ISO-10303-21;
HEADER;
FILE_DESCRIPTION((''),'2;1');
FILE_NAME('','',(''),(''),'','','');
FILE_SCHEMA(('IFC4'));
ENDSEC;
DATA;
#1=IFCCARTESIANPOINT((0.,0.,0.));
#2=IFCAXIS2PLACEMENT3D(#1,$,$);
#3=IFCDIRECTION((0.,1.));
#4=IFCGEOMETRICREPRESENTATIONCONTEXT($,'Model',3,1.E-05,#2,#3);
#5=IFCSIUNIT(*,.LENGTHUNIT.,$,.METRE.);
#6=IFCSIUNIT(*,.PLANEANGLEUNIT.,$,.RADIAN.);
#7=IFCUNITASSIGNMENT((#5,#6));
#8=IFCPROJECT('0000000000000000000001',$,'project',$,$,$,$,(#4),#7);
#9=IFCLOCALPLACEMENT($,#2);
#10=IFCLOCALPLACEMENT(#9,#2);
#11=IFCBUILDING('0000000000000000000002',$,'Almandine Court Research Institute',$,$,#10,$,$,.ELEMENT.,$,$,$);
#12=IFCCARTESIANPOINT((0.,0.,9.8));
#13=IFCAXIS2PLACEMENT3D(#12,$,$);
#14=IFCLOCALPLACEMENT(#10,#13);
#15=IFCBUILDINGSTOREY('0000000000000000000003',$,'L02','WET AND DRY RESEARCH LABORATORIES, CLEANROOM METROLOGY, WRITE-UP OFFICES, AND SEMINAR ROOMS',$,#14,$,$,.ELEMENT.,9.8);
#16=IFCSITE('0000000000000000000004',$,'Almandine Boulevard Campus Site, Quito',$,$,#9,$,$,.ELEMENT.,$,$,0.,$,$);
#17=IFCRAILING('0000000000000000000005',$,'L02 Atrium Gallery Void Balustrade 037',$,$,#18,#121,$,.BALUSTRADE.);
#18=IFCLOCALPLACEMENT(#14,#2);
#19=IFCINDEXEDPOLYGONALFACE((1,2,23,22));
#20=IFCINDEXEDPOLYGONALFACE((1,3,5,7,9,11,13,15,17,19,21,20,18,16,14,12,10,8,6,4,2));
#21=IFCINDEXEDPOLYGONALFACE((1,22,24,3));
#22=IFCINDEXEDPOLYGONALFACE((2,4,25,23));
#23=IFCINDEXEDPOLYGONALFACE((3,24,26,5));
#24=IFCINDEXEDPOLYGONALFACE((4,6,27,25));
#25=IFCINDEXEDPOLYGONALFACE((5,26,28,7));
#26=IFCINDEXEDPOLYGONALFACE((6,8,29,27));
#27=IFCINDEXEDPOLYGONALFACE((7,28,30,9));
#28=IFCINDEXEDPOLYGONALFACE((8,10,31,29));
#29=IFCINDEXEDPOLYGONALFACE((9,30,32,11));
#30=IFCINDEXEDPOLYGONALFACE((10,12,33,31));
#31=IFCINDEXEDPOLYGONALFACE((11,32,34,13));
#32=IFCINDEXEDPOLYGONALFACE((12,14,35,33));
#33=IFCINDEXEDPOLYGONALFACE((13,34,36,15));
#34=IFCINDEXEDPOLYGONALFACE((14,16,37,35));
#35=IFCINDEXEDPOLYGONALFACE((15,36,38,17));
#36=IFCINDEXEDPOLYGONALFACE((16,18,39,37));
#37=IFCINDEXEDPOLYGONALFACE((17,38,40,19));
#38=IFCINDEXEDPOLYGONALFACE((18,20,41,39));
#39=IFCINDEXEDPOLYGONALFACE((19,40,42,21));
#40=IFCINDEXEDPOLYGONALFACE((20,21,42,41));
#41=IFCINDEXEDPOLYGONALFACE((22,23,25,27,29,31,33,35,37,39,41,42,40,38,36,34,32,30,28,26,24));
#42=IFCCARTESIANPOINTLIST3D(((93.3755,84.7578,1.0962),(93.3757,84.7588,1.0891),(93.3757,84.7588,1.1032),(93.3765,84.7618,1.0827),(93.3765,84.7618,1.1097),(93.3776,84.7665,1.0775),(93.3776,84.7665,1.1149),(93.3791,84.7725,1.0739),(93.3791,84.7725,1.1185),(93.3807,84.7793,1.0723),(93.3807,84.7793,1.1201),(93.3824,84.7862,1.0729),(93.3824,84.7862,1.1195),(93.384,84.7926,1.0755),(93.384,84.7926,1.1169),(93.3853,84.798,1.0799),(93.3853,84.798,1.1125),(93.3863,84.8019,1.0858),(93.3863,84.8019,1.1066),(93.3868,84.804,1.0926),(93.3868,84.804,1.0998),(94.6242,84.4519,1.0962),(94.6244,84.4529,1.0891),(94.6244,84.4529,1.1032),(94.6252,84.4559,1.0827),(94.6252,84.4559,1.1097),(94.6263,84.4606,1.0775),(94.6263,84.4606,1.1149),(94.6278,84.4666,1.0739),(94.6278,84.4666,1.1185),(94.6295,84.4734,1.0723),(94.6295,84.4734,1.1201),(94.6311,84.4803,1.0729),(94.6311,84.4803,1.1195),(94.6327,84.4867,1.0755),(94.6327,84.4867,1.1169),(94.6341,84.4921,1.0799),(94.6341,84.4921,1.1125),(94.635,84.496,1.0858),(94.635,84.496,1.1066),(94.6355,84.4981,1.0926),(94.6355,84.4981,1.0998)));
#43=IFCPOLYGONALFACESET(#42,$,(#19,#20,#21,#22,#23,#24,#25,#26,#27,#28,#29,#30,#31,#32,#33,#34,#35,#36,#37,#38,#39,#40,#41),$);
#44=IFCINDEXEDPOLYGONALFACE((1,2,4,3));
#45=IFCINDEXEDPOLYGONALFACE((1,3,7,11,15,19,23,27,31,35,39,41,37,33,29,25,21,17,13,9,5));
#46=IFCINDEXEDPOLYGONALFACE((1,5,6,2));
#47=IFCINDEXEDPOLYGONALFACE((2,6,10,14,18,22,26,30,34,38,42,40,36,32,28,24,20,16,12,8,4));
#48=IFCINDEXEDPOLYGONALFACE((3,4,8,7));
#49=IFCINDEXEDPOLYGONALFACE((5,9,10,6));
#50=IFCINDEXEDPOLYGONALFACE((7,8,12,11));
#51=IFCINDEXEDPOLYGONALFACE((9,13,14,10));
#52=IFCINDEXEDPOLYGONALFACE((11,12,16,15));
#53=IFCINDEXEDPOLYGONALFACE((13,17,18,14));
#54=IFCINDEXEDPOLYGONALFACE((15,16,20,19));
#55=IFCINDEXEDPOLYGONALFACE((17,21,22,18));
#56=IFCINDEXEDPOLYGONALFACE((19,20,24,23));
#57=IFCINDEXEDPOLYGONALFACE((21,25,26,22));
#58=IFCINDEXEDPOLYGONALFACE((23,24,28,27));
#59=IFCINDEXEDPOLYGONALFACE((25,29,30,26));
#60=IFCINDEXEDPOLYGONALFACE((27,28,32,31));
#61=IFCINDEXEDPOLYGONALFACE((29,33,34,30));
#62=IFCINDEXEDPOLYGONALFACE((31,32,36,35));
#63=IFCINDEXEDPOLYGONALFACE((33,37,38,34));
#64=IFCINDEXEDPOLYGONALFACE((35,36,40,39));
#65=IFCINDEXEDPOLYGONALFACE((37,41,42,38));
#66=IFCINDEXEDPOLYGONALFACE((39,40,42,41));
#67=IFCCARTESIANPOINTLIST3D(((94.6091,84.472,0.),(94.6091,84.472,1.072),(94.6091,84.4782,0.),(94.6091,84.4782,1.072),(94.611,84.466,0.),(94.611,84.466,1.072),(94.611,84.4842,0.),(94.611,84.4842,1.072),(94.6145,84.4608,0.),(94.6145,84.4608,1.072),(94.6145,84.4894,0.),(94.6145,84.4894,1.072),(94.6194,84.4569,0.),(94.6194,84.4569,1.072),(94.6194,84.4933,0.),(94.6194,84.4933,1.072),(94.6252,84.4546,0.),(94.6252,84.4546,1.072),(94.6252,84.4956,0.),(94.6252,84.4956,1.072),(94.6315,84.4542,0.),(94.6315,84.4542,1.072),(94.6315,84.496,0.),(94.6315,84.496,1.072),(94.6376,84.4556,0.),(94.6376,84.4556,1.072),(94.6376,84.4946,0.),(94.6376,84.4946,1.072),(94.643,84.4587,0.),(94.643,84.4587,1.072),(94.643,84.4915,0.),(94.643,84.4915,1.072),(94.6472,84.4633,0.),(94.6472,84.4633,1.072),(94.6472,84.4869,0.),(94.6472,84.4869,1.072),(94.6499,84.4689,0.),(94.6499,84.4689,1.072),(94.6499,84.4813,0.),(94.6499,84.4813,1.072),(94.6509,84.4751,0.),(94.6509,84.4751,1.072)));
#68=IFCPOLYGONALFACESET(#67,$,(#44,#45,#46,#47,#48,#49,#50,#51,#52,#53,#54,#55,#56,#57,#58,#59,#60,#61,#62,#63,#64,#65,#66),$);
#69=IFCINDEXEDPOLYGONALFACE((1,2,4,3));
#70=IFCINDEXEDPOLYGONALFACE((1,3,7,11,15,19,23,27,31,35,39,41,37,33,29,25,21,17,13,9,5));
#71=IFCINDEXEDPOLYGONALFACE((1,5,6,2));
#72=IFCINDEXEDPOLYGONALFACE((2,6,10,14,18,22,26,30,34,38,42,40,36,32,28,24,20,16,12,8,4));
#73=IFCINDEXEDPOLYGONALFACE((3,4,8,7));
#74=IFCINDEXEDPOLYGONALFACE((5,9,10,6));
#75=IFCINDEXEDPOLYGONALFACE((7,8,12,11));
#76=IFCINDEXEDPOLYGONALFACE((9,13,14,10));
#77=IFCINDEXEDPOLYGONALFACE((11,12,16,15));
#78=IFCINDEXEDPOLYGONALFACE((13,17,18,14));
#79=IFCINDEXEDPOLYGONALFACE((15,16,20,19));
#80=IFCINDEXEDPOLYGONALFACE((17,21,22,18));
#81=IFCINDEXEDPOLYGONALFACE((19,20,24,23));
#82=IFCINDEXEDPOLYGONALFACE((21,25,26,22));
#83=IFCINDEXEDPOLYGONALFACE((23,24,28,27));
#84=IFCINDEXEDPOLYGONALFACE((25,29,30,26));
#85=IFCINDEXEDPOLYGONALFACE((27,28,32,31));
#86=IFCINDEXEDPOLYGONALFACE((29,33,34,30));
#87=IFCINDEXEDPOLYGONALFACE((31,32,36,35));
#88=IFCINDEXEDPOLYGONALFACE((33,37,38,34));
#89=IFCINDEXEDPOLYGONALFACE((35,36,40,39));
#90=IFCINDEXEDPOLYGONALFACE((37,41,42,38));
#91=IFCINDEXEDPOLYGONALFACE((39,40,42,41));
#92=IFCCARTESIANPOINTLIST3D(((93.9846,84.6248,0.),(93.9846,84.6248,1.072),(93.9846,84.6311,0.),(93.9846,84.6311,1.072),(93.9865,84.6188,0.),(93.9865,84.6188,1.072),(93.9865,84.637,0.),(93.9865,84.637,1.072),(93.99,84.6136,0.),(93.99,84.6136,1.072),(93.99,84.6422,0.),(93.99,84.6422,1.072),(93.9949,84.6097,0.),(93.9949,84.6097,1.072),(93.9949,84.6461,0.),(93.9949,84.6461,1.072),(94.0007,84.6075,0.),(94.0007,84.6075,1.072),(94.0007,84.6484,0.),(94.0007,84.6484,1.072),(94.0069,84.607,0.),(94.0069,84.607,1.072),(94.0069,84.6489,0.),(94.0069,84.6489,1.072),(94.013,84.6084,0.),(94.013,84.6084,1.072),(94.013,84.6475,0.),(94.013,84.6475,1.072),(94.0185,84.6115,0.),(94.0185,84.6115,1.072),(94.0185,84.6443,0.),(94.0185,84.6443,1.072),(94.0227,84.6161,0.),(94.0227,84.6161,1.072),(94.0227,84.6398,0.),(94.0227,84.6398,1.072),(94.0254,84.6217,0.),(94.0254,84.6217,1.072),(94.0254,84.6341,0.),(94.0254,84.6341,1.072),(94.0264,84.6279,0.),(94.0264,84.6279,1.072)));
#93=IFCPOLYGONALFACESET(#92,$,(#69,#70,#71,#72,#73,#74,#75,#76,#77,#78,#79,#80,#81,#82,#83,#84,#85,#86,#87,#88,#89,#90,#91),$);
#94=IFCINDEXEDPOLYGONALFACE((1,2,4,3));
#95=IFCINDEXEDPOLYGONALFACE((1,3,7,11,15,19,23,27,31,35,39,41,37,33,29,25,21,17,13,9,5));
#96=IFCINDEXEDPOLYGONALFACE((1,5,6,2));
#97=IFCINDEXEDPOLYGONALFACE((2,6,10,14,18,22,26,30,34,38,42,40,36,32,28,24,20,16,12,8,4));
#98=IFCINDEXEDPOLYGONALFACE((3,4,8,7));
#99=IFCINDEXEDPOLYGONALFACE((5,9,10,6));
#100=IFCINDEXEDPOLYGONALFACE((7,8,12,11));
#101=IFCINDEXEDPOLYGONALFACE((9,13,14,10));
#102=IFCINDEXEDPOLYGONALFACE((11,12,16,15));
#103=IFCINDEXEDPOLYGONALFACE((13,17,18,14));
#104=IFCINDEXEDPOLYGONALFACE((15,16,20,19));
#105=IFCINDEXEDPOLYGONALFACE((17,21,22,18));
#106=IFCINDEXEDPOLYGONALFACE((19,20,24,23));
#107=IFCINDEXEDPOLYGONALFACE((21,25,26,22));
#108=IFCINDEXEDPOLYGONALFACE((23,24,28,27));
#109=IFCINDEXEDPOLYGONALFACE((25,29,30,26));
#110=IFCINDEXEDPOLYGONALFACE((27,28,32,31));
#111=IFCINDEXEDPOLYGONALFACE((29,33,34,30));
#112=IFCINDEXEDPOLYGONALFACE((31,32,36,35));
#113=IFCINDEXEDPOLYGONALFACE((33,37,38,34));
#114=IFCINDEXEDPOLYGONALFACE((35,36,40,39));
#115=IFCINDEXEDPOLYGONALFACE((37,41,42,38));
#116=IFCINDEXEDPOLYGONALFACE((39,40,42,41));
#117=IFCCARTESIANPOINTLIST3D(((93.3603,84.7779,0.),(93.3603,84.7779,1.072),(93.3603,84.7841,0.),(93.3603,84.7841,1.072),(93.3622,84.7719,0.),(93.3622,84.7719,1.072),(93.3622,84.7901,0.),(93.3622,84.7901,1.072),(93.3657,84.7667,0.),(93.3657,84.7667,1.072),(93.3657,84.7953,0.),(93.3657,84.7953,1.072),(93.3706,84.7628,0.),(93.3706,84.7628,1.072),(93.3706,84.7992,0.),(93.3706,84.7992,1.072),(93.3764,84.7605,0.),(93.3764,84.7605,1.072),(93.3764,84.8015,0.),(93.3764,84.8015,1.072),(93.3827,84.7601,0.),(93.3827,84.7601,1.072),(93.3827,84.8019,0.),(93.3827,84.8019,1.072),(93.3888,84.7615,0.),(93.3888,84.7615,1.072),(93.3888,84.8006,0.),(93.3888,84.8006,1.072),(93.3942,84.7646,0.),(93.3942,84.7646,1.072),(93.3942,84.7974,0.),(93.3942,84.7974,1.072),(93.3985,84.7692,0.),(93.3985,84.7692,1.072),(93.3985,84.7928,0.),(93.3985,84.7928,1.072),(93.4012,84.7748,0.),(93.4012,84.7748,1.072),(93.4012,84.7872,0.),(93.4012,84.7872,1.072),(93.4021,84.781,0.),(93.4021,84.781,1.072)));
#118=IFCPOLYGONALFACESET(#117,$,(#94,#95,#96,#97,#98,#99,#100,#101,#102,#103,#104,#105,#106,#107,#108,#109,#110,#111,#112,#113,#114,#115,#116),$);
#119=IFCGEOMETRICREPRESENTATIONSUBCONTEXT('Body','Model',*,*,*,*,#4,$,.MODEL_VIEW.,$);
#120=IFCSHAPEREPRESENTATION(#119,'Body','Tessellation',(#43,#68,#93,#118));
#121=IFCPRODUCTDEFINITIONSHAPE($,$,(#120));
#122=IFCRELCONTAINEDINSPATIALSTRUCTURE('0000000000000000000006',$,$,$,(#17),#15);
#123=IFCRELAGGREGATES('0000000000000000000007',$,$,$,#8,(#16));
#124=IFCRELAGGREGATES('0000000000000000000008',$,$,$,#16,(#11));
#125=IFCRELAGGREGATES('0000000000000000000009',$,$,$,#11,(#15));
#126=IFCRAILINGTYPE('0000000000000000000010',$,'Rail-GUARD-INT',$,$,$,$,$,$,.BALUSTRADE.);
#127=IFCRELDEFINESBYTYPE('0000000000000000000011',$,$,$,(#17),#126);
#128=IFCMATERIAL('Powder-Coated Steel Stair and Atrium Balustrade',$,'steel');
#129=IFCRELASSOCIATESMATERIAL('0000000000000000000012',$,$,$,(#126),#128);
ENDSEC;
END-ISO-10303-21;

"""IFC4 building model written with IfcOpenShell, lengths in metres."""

from ifc_helpers import new_model, si_unit, direction, frame, origin, origin_2d, place, context, subcontext, project, spatial, circle, extrude, material, type_object, element, save


model = new_model("IFC4")

# Units and contexts
model_context = context("Model", 3, precision=1e-05, world=origin(), true_north=direction((0.0, 1.0)))
body_context = subcontext(model_context, "Body", "Model", "MODEL_VIEW")
ifc_project = project(units=[si_unit("LENGTHUNIT", "METRE"), si_unit("PLANEANGLEUNIT", "RADIAN")], contexts=[model_context])

# Site, building, storey
site_placement = place(None, origin())
site = spatial("IfcSite", under=ifc_project, at=site_placement, Name="Almandine Boulevard Campus Site, Quito", CompositionType="ELEMENT", RefElevation=0.0)
building_placement = place(site_placement, origin())
building = spatial("IfcBuilding", under=site, at=building_placement, Name="Almandine Court Research Institute", CompositionType="ELEMENT")
storey_placement = place(building_placement, frame((0.0, 0.0, 9.8)))
storey = spatial("IfcBuildingStorey", under=building, at=storey_placement, Name="L02", Description="WET AND DRY RESEARCH LABORATORIES, CLEANROOM METROLOGY, WRITE-UP OFFICES, AND SEMINAR ROOMS", CompositionType="ELEMENT", Elevation=9.8)

# Railing
ifc_material_1 = material(Name="Powder-Coated Steel Stair and Atrium Balustrade", Category="steel")
railing_type = type_object("IfcRailingType", Name="Rail-GUARD-INT", PredefinedType="BALUSTRADE", material=ifc_material_1)
railing_1_placement = place(storey_placement, frame((94.6299, 84.4751, 0.0)))
element("IfcRailing", 1, at=railing_1_placement, inside=storey, type_object=railing_type, Name="L02 Atrium Gallery Void Balustrade 037", PredefinedType="BALUSTRADE", context=body_context, shape_type="SweptSolid", body=[
    extrude(circle(Radius=0.0239, at=origin_2d()), frame((0.0, 0.0, 1.0962), z_axis=(-0.971282, 0.237931, 0.0), x_axis=(-0.237931, -0.971282, 0.0)), (0.0, 0.0, 1.0), 1.2856),
    extrude(circle(Radius=0.021, at=origin_2d()), origin(), (0.0, 0.0, 1.0), 1.072),
    extrude(circle(Radius=0.021, at=origin_2d()), frame((-0.6245, 0.1528, 0.0)), (0.0, 0.0, 1.0), 1.072),
    extrude(circle(Radius=0.021, at=origin_2d()), frame((-1.2488, 0.3059, 0.0)), (0.0, 0.0, 1.0), 1.072),
])

save(model, "model.ifc")
